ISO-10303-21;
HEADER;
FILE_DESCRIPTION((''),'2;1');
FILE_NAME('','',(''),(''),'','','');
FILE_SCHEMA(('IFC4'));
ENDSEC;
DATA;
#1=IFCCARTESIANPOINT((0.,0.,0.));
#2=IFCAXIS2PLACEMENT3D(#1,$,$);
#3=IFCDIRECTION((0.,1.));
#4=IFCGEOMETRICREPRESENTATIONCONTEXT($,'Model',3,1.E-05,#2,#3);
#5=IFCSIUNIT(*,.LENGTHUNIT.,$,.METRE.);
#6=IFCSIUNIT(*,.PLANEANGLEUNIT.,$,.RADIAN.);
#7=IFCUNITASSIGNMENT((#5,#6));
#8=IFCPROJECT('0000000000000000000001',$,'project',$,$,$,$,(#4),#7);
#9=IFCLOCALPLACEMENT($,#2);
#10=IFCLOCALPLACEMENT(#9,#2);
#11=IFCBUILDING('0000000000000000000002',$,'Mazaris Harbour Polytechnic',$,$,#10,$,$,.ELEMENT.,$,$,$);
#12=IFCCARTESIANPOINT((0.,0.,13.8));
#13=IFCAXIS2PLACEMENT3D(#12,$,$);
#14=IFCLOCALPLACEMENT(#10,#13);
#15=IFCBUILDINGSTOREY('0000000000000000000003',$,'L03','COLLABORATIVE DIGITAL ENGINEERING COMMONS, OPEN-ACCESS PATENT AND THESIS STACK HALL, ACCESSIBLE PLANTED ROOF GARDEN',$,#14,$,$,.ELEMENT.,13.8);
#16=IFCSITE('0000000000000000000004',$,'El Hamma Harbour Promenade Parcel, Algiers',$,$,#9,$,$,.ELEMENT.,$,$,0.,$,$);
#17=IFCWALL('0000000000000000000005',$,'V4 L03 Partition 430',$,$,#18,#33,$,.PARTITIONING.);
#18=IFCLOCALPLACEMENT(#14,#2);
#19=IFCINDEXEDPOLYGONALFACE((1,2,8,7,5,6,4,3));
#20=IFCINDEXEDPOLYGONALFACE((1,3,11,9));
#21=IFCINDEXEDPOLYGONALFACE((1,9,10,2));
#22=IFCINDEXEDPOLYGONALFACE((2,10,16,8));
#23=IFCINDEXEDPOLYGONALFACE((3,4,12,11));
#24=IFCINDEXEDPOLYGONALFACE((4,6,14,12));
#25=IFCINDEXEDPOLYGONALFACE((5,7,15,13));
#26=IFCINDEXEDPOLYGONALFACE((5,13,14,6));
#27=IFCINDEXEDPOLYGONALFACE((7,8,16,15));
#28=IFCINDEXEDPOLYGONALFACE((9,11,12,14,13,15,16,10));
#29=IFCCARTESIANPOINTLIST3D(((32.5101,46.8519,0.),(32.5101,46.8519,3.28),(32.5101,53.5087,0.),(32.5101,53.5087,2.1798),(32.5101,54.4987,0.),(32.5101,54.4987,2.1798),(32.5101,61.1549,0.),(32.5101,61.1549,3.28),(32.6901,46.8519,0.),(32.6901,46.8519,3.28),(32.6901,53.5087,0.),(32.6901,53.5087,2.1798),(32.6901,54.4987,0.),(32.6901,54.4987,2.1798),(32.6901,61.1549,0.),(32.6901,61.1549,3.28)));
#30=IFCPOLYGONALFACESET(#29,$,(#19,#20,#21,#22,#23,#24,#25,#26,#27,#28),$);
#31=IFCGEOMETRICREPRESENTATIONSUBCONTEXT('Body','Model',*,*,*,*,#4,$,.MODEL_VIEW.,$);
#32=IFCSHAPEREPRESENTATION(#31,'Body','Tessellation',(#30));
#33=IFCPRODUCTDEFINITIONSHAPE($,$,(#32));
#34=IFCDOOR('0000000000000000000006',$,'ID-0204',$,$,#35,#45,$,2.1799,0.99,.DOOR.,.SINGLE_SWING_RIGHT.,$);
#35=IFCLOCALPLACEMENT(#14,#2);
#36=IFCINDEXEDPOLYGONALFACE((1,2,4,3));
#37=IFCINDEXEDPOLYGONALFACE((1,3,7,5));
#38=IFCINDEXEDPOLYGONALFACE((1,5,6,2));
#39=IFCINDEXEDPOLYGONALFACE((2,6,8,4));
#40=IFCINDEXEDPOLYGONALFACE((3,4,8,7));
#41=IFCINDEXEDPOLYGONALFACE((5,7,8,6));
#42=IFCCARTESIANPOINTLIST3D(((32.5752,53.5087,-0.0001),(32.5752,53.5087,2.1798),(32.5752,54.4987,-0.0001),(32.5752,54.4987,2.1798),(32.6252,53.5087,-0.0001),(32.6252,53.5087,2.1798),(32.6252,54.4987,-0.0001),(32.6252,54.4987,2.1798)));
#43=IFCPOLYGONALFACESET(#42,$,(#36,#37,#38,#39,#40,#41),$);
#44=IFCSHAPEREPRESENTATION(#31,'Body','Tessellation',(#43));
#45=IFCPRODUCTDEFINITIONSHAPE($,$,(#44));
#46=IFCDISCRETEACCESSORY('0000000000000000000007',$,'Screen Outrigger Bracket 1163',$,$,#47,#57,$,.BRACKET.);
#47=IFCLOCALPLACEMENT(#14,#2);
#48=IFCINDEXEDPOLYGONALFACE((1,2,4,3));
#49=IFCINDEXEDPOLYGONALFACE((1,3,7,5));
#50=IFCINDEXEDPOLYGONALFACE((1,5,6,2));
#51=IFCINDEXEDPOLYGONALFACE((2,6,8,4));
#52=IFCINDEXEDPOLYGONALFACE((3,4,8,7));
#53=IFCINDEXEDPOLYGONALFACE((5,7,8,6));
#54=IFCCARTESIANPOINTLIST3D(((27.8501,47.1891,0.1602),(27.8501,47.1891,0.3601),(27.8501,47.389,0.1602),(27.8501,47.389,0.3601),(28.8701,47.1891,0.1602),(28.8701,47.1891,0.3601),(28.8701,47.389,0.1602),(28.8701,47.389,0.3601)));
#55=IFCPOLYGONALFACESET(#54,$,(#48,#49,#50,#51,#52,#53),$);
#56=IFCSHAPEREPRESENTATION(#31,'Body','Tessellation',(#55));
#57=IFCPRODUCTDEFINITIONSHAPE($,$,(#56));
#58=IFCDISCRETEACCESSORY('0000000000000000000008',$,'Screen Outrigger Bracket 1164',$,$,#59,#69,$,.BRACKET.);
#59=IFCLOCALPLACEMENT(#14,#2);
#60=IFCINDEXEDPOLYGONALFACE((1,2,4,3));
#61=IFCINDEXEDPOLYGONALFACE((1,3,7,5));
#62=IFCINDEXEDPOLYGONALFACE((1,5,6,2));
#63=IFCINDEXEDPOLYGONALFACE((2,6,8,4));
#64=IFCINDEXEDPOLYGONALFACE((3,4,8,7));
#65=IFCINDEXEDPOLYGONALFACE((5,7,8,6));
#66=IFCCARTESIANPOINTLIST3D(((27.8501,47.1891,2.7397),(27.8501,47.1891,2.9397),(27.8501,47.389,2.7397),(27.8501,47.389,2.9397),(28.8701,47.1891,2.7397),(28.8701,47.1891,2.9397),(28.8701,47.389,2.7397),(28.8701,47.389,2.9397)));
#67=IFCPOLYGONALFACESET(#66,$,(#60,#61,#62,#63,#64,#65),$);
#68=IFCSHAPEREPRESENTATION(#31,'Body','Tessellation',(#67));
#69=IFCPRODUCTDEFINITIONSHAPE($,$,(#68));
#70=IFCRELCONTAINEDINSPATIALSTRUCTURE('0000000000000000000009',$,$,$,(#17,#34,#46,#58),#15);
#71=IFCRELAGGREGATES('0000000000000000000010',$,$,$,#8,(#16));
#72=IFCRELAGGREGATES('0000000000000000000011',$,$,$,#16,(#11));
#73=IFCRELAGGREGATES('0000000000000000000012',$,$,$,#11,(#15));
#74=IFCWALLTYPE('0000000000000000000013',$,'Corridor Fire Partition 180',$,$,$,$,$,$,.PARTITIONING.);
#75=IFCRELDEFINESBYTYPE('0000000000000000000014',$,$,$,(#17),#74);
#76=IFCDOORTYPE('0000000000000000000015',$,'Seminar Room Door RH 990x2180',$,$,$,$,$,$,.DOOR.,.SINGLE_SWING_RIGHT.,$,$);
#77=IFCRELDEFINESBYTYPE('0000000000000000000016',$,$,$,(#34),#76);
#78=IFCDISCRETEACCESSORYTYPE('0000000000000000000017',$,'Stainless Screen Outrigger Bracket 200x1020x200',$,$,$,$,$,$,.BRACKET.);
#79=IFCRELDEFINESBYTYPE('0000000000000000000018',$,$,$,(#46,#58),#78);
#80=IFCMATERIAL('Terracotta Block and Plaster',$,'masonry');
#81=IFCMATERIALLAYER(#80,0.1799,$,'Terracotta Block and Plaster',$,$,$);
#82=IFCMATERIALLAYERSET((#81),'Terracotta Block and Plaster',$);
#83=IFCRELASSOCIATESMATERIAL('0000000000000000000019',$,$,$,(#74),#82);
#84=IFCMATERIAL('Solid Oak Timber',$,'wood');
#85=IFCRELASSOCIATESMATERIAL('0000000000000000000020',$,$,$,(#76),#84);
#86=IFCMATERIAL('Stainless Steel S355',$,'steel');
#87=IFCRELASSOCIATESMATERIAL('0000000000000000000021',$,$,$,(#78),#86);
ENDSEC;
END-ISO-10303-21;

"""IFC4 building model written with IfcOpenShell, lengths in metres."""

from ifc_helpers import new_model, si_unit, direction, frame, frame_2d, origin, origin_2d, place, context, subcontext, project, spatial, rectangle, extrude, material, layer, layer_set, type_object, element, fill, save


model = new_model("IFC4")

# Units and contexts
model_context = context("Model", 3, precision=1e-05, world=origin(), true_north=direction((0.0, 1.0)))
body_context = subcontext(model_context, "Body", "Model", "MODEL_VIEW")
ifc_project = project(units=[si_unit("LENGTHUNIT", "METRE"), si_unit("PLANEANGLEUNIT", "RADIAN")], contexts=[model_context])

# Site, building, storey
site_placement = place(None, origin())
site = spatial("IfcSite", under=ifc_project, at=site_placement, Name="El Hamma Harbour Promenade Parcel, Algiers", CompositionType="ELEMENT", RefElevation=0.0)
building_placement = place(site_placement, origin())
building = spatial("IfcBuilding", under=site, at=building_placement, Name="Mazaris Harbour Polytechnic", CompositionType="ELEMENT")
storey_placement = place(building_placement, frame((0.0, 0.0, 13.8)))
storey = spatial("IfcBuildingStorey", under=building, at=storey_placement, Name="L03", Description="COLLABORATIVE DIGITAL ENGINEERING COMMONS, OPEN-ACCESS PATENT AND THESIS STACK HALL, ACCESSIBLE PLANTED ROOF GARDEN", CompositionType="ELEMENT", Elevation=13.8)

# Wall, opening, door
ifc_material_1 = material(Name="Terracotta Block and Plaster", Category="masonry")
ifc_layer_1 = layer(ifc_material_1, 0.1799, Name="Terracotta Block and Plaster")
ifc_layer_set_1 = layer_set([ifc_layer_1], Name="Terracotta Block and Plaster")
wall_type_1 = type_object("IfcWallType", Name="Corridor Fire Partition 180", PredefinedType="PARTITIONING", material=ifc_layer_set_1)
wall_1_placement = place(storey_placement, frame((32.6001, 46.8521, 0.0), z_axis=(0.0, 0.0, 1.0), x_axis=(0.0, 1.0, 0.0)))
wall_1 = element("IfcWall", 1, at=wall_1_placement, inside=storey, type_object=wall_type_1, Name="V4 L03 Partition 430", PredefinedType="PARTITIONING", context=body_context, shape_type="SweptSolid", body=[
    extrude(rectangle(XDim=14.303, YDim=0.1799, at=frame_2d((7.1514, 0.0))), origin(), (0.0, 0.0, 1.0), 3.28),
])
opening_placement = place(wall_1_placement, frame((6.6565, 0.0, 0.0)))
opening = element("IfcOpeningElement", 2, at=opening_placement, cuts=wall_1, PredefinedType="OPENING", context=body_context, shape_type="SweptSolid", body=[
    extrude(rectangle(XDim=0.99, YDim=2.1799, at=frame_2d((0.4951, 1.0898))), frame((0.0, 0.0999, 0.0), z_axis=(0.0, -1.0, 0.0), x_axis=(1.0, 0.0, 0.0)), (0.0, 0.0, 1.0), 0.2),
])
ifc_material_2 = material(Name="Solid Oak Timber", Category="wood")
door_type = type_object("IfcDoorType", Name="Seminar Room Door RH 990x2180", OperationType="SINGLE_SWING_RIGHT", PredefinedType="DOOR", material=ifc_material_2)
door_placement = place(opening_placement, origin())
door = element("IfcDoor", 3, at=door_placement, inside=storey, type_object=door_type, Name="ID-0204", OperationType="SINGLE_SWING_RIGHT", OverallHeight=2.1799, OverallWidth=0.99, PredefinedType="DOOR", context=body_context, shape_type="SweptSolid", body=[
    extrude(rectangle(XDim=0.99, YDim=2.1799, at=frame_2d((0.4951, 1.0898))), frame((0.0, 0.0249, 0.0), z_axis=(0.0, -1.0, 0.0), x_axis=(1.0, 0.0, 0.0)), (0.0, 0.0, 1.0), 0.05),
])
fill(opening, door)

# Discrete accessories
ifc_material_3 = material(Name="Stainless Steel S355", Category="steel")
discrete_accessory_type = type_object("IfcDiscreteAccessoryType", Name="Stainless Screen Outrigger Bracket 200x1020x200", PredefinedType="BRACKET", material=ifc_material_3)
for number, where, z_axis, x_axis, name in (
    (4, (28.3601, 47.2891, 0.1602), (0.0, 0.0, 1.0), (0.0, -1.0, 0.0), "Screen Outrigger Bracket 1163"),
    (5, (28.3601, 47.2891, 2.7397), (0.0, 0.0, 1.0), (0.0, -1.0, 0.0), "Screen Outrigger Bracket 1164"),
):
    element("IfcDiscreteAccessory", number, at=place(storey_placement, frame(where, z_axis=z_axis, x_axis=x_axis)), inside=storey, type_object=discrete_accessory_type, Name=name, PredefinedType="BRACKET", context=body_context, shape_type="SweptSolid", body=[
        extrude(rectangle(XDim=0.2, YDim=1.02, at=origin_2d()), origin(), (0.0, 0.0, 1.0), 0.2),
    ])

save(model, "model.ifc")
